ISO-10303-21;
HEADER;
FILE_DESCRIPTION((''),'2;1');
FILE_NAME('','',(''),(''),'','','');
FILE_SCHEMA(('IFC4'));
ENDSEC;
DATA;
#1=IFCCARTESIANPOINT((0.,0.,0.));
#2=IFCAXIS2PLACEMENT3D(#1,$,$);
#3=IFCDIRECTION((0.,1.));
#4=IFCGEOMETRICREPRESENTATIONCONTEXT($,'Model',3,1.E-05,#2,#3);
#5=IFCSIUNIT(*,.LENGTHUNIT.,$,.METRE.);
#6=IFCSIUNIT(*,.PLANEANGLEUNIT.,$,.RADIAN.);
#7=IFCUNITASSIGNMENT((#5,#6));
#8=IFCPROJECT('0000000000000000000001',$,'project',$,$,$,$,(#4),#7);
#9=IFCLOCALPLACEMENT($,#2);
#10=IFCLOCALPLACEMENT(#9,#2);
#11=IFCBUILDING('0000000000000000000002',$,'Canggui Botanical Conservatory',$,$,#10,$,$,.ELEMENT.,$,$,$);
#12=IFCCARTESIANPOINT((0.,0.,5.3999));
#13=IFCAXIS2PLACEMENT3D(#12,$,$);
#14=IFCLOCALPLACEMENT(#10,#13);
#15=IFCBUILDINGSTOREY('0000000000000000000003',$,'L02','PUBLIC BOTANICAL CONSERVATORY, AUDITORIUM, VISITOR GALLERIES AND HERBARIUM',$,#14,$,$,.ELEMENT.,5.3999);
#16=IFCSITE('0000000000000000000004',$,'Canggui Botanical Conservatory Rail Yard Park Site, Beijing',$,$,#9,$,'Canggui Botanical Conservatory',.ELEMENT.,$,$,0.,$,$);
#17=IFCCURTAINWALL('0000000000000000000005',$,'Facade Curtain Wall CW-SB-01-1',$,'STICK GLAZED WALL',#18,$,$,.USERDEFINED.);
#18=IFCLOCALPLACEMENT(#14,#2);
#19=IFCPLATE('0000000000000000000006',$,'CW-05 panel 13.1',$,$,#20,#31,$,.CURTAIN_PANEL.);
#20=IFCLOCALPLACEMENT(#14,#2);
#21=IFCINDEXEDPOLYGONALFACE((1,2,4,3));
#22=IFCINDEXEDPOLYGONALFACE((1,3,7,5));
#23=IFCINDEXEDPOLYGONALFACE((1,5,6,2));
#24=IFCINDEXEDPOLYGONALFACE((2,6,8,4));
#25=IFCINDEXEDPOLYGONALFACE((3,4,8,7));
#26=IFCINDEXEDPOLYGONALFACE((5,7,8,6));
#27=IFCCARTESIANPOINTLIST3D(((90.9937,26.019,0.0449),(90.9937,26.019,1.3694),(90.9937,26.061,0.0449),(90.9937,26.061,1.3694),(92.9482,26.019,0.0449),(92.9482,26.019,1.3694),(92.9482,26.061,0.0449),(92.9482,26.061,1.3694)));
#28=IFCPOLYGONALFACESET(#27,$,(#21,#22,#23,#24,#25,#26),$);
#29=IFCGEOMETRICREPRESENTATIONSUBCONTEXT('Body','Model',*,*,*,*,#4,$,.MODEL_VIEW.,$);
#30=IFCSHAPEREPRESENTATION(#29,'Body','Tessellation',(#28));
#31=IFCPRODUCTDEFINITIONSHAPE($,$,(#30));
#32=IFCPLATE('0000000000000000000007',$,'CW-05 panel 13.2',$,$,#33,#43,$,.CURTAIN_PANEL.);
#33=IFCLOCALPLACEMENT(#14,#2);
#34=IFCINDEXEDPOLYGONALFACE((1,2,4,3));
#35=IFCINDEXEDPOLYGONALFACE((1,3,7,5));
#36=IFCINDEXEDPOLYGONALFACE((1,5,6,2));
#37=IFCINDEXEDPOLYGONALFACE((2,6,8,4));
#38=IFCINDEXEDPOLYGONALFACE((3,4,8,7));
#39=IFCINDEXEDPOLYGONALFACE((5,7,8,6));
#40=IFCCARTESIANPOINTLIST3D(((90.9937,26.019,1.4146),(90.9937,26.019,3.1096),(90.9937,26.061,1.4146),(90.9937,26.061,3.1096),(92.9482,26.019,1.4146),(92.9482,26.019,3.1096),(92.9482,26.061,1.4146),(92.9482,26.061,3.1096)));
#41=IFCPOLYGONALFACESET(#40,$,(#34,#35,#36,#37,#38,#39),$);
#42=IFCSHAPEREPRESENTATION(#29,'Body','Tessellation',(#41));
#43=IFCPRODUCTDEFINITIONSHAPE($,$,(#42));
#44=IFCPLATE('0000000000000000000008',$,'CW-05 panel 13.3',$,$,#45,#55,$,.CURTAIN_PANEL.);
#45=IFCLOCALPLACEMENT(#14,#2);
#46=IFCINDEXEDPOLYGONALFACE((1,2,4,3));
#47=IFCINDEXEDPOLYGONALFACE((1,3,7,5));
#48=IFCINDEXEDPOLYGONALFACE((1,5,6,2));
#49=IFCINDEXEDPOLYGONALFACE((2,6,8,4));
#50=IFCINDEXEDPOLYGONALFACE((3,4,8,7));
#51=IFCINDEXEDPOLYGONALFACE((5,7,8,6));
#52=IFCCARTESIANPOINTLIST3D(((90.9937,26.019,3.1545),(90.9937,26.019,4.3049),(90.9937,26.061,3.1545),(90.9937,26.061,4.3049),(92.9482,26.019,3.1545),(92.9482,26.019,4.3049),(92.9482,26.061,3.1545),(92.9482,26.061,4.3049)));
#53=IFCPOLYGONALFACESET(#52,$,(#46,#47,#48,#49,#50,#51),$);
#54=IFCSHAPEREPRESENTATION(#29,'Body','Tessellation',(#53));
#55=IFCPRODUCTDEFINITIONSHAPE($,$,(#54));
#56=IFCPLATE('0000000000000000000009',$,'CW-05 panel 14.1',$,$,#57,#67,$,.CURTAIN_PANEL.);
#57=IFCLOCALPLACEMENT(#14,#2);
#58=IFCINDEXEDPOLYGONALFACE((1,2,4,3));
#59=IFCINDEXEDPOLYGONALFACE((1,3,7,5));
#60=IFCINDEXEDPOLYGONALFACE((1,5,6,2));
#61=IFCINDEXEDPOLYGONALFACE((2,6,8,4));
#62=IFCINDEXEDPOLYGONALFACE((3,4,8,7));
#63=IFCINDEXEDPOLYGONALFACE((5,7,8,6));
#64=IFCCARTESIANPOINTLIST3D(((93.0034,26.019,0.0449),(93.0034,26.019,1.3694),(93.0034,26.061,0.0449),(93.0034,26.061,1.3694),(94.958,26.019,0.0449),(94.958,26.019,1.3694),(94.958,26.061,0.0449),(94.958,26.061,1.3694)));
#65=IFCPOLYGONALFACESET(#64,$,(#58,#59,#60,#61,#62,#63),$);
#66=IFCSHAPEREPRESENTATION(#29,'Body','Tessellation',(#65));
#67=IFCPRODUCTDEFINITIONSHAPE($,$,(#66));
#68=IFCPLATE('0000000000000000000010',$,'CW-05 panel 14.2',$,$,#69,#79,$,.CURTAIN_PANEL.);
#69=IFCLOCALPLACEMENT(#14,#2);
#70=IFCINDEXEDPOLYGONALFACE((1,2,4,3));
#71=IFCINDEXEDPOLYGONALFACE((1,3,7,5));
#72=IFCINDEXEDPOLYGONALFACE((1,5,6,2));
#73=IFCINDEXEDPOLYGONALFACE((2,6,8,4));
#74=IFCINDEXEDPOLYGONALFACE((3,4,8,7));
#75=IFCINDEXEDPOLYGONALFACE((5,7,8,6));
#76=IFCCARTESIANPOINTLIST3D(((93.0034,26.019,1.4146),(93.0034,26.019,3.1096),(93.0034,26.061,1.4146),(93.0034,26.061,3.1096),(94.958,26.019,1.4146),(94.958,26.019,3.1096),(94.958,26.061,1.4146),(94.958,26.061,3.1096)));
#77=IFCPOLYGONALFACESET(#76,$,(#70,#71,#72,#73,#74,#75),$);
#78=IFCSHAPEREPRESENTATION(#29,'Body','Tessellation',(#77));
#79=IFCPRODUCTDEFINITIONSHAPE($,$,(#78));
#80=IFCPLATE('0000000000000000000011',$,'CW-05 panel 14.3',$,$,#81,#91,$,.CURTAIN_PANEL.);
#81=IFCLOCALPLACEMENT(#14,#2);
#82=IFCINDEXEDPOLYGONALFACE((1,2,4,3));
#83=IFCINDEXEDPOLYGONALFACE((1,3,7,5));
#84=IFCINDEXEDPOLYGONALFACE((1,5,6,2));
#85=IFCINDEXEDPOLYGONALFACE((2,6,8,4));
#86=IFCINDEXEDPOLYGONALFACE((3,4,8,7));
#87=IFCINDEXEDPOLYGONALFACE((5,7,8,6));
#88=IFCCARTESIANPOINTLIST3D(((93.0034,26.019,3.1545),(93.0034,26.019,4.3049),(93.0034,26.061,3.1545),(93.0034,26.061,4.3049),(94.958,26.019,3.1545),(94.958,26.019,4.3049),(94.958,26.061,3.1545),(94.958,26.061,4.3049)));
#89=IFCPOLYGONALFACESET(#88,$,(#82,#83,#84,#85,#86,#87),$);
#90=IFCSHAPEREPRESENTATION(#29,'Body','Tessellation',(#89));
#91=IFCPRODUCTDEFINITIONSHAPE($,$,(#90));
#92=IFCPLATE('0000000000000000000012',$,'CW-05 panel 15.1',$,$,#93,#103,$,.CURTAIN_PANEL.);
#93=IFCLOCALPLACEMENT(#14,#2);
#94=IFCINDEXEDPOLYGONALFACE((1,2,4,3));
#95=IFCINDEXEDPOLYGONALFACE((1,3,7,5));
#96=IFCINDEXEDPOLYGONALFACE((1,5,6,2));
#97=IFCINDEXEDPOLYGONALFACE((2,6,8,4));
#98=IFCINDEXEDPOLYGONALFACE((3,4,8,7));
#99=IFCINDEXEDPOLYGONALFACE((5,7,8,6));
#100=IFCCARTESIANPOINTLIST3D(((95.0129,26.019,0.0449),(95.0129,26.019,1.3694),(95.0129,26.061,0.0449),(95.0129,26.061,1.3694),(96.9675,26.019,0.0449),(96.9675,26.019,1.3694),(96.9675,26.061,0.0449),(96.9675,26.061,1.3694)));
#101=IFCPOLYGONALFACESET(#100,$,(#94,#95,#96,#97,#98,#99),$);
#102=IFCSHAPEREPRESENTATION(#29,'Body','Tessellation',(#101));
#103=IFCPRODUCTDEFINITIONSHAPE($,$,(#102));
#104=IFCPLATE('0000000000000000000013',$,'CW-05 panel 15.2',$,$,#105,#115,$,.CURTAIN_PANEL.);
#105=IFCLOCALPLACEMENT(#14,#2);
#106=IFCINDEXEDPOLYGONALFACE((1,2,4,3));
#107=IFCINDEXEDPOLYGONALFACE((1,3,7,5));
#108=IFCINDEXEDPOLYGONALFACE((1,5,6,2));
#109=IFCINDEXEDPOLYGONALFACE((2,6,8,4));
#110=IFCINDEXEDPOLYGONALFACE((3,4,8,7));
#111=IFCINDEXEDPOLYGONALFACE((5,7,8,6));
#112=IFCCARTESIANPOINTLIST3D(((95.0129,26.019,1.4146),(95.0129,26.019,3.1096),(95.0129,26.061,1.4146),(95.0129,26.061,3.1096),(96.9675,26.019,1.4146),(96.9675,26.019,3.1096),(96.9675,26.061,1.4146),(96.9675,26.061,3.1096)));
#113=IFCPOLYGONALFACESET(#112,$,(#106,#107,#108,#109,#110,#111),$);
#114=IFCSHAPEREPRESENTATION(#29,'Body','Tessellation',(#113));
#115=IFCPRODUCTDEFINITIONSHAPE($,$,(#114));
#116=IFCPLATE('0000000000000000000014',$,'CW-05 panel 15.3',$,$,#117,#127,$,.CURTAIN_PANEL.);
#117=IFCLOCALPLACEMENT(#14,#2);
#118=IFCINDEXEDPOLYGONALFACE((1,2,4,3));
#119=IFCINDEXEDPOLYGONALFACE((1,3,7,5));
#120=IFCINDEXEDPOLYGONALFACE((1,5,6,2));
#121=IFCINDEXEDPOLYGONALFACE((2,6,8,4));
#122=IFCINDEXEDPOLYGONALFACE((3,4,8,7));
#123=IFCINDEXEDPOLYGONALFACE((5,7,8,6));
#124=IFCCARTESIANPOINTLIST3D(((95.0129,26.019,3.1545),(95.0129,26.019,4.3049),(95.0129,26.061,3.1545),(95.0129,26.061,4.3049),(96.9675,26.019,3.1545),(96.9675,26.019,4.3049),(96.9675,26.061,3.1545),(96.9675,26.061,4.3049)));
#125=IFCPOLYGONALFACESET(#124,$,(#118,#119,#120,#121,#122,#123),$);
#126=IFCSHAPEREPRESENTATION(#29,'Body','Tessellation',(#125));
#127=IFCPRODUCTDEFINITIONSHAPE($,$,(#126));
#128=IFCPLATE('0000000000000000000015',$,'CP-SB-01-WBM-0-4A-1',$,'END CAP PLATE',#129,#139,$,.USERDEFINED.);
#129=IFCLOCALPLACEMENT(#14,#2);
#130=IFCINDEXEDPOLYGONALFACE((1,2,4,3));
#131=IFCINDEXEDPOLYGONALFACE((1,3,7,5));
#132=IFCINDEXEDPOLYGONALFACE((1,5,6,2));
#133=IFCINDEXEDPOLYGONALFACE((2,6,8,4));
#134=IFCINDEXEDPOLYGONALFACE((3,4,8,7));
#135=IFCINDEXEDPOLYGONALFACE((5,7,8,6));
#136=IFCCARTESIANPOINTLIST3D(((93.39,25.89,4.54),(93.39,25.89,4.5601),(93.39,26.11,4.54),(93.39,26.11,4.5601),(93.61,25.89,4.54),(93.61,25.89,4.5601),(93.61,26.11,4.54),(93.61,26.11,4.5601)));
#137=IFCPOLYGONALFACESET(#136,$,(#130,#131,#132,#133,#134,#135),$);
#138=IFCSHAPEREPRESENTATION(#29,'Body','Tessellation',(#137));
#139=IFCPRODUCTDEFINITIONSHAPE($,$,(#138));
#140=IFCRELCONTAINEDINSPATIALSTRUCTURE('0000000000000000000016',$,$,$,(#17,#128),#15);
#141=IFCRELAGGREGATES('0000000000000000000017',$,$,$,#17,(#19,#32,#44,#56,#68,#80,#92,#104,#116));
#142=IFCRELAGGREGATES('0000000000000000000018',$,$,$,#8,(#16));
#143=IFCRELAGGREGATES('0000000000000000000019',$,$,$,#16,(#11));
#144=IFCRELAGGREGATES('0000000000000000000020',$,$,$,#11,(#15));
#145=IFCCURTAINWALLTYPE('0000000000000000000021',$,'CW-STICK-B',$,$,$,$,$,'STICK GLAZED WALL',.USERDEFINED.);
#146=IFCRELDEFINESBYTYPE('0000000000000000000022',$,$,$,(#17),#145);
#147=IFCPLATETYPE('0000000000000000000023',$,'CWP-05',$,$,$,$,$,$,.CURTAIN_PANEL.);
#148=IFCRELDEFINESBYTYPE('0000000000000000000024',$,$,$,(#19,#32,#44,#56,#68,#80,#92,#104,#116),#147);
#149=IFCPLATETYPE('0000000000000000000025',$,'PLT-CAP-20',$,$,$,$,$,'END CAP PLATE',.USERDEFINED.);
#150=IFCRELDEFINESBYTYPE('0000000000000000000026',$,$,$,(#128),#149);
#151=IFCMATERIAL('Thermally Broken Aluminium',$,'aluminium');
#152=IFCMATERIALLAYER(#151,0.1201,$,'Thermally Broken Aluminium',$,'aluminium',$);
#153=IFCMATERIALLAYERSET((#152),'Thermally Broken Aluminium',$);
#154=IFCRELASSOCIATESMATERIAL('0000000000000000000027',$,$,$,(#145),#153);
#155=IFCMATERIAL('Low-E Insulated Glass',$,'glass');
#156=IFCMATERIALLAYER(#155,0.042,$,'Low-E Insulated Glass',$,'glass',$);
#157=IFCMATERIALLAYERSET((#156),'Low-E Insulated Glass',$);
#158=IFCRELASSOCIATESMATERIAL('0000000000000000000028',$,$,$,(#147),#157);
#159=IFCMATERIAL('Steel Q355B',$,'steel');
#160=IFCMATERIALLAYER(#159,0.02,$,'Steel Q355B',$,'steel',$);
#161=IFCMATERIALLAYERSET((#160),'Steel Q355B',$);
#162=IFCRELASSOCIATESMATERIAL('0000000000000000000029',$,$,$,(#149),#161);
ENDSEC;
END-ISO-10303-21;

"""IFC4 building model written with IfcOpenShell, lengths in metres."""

from ifc_helpers import new_model, si_unit, direction, frame, origin, origin_2d, place, context, subcontext, project, spatial, rectangle, extrude, material, layer, layer_set, type_object, element, aggregate, save


model = new_model("IFC4")

# Units and contexts
model_context = context("Model", 3, precision=1e-05, world=origin(), true_north=direction((0.0, 1.0)))
body_context = subcontext(model_context, "Body", "Model", "MODEL_VIEW")
ifc_project = project(units=[si_unit("LENGTHUNIT", "METRE"), si_unit("PLANEANGLEUNIT", "RADIAN")], contexts=[model_context])

# Site, building, storey
site_placement = place(None, origin())
site = spatial("IfcSite", under=ifc_project, at=site_placement, Name="Canggui Botanical Conservatory Rail Yard Park Site, Beijing", LongName="Canggui Botanical Conservatory", CompositionType="ELEMENT", RefElevation=0.0)
building_placement = place(site_placement, origin())
building = spatial("IfcBuilding", under=site, at=building_placement, Name="Canggui Botanical Conservatory", CompositionType="ELEMENT")
storey_placement = place(building_placement, frame((0.0, 0.0, 5.3999)))
storey = spatial("IfcBuildingStorey", under=building, at=storey_placement, Name="L02", Description="PUBLIC BOTANICAL CONSERVATORY, AUDITORIUM, VISITOR GALLERIES AND HERBARIUM", CompositionType="ELEMENT", Elevation=5.3999)

# Curtain wall
ifc_material_1 = material(Name="Thermally Broken Aluminium", Category="aluminium")
ifc_layer_1 = layer(ifc_material_1, 0.1201, Name="Thermally Broken Aluminium", Category="aluminium")
ifc_layer_set_1 = layer_set([ifc_layer_1], Name="Thermally Broken Aluminium")
curtain_wall_type = type_object("IfcCurtainWallType", Name="CW-STICK-B", ElementType="STICK GLAZED WALL", PredefinedType="USERDEFINED", material=ifc_layer_set_1)
curtain_wall_placement = place(storey_placement, origin())
curtain_wall = element("IfcCurtainWall", 1, at=curtain_wall_placement, inside=storey, type_object=curtain_wall_type, Name="Facade Curtain Wall CW-SB-01-1", ObjectType="STICK GLAZED WALL", PredefinedType="USERDEFINED")

# Shared definitions
ifc_material_2 = material(Name="Steel Q355B", Category="steel")

# Plates
ifc_material_3 = material(Name="Low-E Insulated Glass", Category="glass")
ifc_layer_2 = layer(ifc_material_3, 0.042, Name="Low-E Insulated Glass", Category="glass")
ifc_layer_set_2 = layer_set([ifc_layer_2], Name="Low-E Insulated Glass")
plate_type_1 = type_object("IfcPlateType", Name="CWP-05", PredefinedType="CURTAIN_PANEL", material=ifc_layer_set_2)
plate_1_placement = place(storey_placement, frame((91.9709, 26.04, 0.0449), z_axis=(0.0, 0.0, 1.0), x_axis=(1.0, 0.0, 0.0)))
plate_1 = element("IfcPlate", 2, at=plate_1_placement, type_object=plate_type_1, Name="CW-05 panel 13.1", PredefinedType="CURTAIN_PANEL", context=body_context, shape_type="SweptSolid", body=[
    extrude(rectangle(XDim=1.9546, YDim=0.042, at=origin_2d()), origin(), (0.0, 0.0, 1.0), 1.3245),
])
plate_2_placement = place(storey_placement, frame((91.9709, 26.04, 1.4146), z_axis=(0.0, 0.0, 1.0), x_axis=(1.0, 0.0, 0.0)))
plate_2 = element("IfcPlate", 3, at=plate_2_placement, type_object=plate_type_1, Name="CW-05 panel 13.2", PredefinedType="CURTAIN_PANEL", context=body_context, shape_type="SweptSolid", body=[
    extrude(rectangle(XDim=1.9546, YDim=0.042, at=origin_2d()), origin(), (0.0, 0.0, 1.0), 1.6951),
])
plate_3_placement = place(storey_placement, frame((91.9709, 26.04, 3.1545), z_axis=(0.0, 0.0, 1.0), x_axis=(1.0, 0.0, 0.0)))
plate_3 = element("IfcPlate", 4, at=plate_3_placement, type_object=plate_type_1, Name="CW-05 panel 13.3", PredefinedType="CURTAIN_PANEL", context=body_context, shape_type="SweptSolid", body=[
    extrude(rectangle(XDim=1.9546, YDim=0.042, at=origin_2d()), origin(), (0.0, 0.0, 1.0), 1.1504),
])
plate_4_placement = place(storey_placement, frame((93.9807, 26.04, 0.0449), z_axis=(0.0, 0.0, 1.0), x_axis=(1.0, 0.0, 0.0)))
plate_4 = element("IfcPlate", 5, at=plate_4_placement, type_object=plate_type_1, Name="CW-05 panel 14.1", PredefinedType="CURTAIN_PANEL", context=body_context, shape_type="SweptSolid", body=[
    extrude(rectangle(XDim=1.9546, YDim=0.042, at=origin_2d()), origin(), (0.0, 0.0, 1.0), 1.3245),
])
plate_5_placement = place(storey_placement, frame((93.9807, 26.04, 1.4146), z_axis=(0.0, 0.0, 1.0), x_axis=(1.0, 0.0, 0.0)))
plate_5 = element("IfcPlate", 6, at=plate_5_placement, type_object=plate_type_1, Name="CW-05 panel 14.2", PredefinedType="CURTAIN_PANEL", context=body_context, shape_type="SweptSolid", body=[
    extrude(rectangle(XDim=1.9546, YDim=0.042, at=origin_2d()), origin(), (0.0, 0.0, 1.0), 1.6951),
])
plate_6_placement = place(storey_placement, frame((93.9807, 26.04, 3.1545), z_axis=(0.0, 0.0, 1.0), x_axis=(1.0, 0.0, 0.0)))
plate_6 = element("IfcPlate", 7, at=plate_6_placement, type_object=plate_type_1, Name="CW-05 panel 14.3", PredefinedType="CURTAIN_PANEL", context=body_context, shape_type="SweptSolid", body=[
    extrude(rectangle(XDim=1.9546, YDim=0.042, at=origin_2d()), origin(), (0.0, 0.0, 1.0), 1.1504),
])
plate_7_placement = place(storey_placement, frame((95.9902, 26.04, 0.0449), z_axis=(0.0, 0.0, 1.0), x_axis=(1.0, 0.0, 0.0)))
plate_7 = element("IfcPlate", 8, at=plate_7_placement, type_object=plate_type_1, Name="CW-05 panel 15.1", PredefinedType="CURTAIN_PANEL", context=body_context, shape_type="SweptSolid", body=[
    extrude(rectangle(XDim=1.9546, YDim=0.042, at=origin_2d()), origin(), (0.0, 0.0, 1.0), 1.3245),
])
plate_8_placement = place(storey_placement, frame((95.9902, 26.04, 1.4146), z_axis=(0.0, 0.0, 1.0), x_axis=(1.0, 0.0, 0.0)))
plate_8 = element("IfcPlate", 9, at=plate_8_placement, type_object=plate_type_1, Name="CW-05 panel 15.2", PredefinedType="CURTAIN_PANEL", context=body_context, shape_type="SweptSolid", body=[
    extrude(rectangle(XDim=1.9546, YDim=0.042, at=origin_2d()), origin(), (0.0, 0.0, 1.0), 1.6951),
])
plate_9_placement = place(storey_placement, frame((95.9902, 26.04, 3.1545), z_axis=(0.0, 0.0, 1.0), x_axis=(1.0, 0.0, 0.0)))
plate_9 = element("IfcPlate", 10, at=plate_9_placement, type_object=plate_type_1, Name="CW-05 panel 15.3", PredefinedType="CURTAIN_PANEL", context=body_context, shape_type="SweptSolid", body=[
    extrude(rectangle(XDim=1.9546, YDim=0.042, at=origin_2d()), origin(), (0.0, 0.0, 1.0), 1.1504),
])
aggregate(curtain_wall, [plate_1, plate_2, plate_3, plate_4, plate_5, plate_6, plate_7, plate_8, plate_9])
ifc_layer_3 = layer(ifc_material_2, 0.02, Name="Steel Q355B", Category="steel")
ifc_layer_set_3 = layer_set([ifc_layer_3], Name="Steel Q355B")
plate_type_2 = type_object("IfcPlateType", Name="PLT-CAP-20", ElementType="END CAP PLATE", PredefinedType="USERDEFINED", material=ifc_layer_set_3)
plate_10_placement = place(storey_placement, frame((93.5, 26.0, 4.54), z_axis=(0.0, 0.0, 1.0), x_axis=(1.0, 0.0, 0.0)))
element("IfcPlate", 11, at=plate_10_placement, inside=storey, type_object=plate_type_2, Name="CP-SB-01-WBM-0-4A-1", ObjectType="END CAP PLATE", PredefinedType="USERDEFINED", context=body_context, shape_type="SweptSolid", body=[
    extrude(rectangle(XDim=0.22, YDim=0.22, at=origin_2d()), origin(), (0.0, 0.0, 1.0), 0.02),
])

save(model, "model.ifc")
